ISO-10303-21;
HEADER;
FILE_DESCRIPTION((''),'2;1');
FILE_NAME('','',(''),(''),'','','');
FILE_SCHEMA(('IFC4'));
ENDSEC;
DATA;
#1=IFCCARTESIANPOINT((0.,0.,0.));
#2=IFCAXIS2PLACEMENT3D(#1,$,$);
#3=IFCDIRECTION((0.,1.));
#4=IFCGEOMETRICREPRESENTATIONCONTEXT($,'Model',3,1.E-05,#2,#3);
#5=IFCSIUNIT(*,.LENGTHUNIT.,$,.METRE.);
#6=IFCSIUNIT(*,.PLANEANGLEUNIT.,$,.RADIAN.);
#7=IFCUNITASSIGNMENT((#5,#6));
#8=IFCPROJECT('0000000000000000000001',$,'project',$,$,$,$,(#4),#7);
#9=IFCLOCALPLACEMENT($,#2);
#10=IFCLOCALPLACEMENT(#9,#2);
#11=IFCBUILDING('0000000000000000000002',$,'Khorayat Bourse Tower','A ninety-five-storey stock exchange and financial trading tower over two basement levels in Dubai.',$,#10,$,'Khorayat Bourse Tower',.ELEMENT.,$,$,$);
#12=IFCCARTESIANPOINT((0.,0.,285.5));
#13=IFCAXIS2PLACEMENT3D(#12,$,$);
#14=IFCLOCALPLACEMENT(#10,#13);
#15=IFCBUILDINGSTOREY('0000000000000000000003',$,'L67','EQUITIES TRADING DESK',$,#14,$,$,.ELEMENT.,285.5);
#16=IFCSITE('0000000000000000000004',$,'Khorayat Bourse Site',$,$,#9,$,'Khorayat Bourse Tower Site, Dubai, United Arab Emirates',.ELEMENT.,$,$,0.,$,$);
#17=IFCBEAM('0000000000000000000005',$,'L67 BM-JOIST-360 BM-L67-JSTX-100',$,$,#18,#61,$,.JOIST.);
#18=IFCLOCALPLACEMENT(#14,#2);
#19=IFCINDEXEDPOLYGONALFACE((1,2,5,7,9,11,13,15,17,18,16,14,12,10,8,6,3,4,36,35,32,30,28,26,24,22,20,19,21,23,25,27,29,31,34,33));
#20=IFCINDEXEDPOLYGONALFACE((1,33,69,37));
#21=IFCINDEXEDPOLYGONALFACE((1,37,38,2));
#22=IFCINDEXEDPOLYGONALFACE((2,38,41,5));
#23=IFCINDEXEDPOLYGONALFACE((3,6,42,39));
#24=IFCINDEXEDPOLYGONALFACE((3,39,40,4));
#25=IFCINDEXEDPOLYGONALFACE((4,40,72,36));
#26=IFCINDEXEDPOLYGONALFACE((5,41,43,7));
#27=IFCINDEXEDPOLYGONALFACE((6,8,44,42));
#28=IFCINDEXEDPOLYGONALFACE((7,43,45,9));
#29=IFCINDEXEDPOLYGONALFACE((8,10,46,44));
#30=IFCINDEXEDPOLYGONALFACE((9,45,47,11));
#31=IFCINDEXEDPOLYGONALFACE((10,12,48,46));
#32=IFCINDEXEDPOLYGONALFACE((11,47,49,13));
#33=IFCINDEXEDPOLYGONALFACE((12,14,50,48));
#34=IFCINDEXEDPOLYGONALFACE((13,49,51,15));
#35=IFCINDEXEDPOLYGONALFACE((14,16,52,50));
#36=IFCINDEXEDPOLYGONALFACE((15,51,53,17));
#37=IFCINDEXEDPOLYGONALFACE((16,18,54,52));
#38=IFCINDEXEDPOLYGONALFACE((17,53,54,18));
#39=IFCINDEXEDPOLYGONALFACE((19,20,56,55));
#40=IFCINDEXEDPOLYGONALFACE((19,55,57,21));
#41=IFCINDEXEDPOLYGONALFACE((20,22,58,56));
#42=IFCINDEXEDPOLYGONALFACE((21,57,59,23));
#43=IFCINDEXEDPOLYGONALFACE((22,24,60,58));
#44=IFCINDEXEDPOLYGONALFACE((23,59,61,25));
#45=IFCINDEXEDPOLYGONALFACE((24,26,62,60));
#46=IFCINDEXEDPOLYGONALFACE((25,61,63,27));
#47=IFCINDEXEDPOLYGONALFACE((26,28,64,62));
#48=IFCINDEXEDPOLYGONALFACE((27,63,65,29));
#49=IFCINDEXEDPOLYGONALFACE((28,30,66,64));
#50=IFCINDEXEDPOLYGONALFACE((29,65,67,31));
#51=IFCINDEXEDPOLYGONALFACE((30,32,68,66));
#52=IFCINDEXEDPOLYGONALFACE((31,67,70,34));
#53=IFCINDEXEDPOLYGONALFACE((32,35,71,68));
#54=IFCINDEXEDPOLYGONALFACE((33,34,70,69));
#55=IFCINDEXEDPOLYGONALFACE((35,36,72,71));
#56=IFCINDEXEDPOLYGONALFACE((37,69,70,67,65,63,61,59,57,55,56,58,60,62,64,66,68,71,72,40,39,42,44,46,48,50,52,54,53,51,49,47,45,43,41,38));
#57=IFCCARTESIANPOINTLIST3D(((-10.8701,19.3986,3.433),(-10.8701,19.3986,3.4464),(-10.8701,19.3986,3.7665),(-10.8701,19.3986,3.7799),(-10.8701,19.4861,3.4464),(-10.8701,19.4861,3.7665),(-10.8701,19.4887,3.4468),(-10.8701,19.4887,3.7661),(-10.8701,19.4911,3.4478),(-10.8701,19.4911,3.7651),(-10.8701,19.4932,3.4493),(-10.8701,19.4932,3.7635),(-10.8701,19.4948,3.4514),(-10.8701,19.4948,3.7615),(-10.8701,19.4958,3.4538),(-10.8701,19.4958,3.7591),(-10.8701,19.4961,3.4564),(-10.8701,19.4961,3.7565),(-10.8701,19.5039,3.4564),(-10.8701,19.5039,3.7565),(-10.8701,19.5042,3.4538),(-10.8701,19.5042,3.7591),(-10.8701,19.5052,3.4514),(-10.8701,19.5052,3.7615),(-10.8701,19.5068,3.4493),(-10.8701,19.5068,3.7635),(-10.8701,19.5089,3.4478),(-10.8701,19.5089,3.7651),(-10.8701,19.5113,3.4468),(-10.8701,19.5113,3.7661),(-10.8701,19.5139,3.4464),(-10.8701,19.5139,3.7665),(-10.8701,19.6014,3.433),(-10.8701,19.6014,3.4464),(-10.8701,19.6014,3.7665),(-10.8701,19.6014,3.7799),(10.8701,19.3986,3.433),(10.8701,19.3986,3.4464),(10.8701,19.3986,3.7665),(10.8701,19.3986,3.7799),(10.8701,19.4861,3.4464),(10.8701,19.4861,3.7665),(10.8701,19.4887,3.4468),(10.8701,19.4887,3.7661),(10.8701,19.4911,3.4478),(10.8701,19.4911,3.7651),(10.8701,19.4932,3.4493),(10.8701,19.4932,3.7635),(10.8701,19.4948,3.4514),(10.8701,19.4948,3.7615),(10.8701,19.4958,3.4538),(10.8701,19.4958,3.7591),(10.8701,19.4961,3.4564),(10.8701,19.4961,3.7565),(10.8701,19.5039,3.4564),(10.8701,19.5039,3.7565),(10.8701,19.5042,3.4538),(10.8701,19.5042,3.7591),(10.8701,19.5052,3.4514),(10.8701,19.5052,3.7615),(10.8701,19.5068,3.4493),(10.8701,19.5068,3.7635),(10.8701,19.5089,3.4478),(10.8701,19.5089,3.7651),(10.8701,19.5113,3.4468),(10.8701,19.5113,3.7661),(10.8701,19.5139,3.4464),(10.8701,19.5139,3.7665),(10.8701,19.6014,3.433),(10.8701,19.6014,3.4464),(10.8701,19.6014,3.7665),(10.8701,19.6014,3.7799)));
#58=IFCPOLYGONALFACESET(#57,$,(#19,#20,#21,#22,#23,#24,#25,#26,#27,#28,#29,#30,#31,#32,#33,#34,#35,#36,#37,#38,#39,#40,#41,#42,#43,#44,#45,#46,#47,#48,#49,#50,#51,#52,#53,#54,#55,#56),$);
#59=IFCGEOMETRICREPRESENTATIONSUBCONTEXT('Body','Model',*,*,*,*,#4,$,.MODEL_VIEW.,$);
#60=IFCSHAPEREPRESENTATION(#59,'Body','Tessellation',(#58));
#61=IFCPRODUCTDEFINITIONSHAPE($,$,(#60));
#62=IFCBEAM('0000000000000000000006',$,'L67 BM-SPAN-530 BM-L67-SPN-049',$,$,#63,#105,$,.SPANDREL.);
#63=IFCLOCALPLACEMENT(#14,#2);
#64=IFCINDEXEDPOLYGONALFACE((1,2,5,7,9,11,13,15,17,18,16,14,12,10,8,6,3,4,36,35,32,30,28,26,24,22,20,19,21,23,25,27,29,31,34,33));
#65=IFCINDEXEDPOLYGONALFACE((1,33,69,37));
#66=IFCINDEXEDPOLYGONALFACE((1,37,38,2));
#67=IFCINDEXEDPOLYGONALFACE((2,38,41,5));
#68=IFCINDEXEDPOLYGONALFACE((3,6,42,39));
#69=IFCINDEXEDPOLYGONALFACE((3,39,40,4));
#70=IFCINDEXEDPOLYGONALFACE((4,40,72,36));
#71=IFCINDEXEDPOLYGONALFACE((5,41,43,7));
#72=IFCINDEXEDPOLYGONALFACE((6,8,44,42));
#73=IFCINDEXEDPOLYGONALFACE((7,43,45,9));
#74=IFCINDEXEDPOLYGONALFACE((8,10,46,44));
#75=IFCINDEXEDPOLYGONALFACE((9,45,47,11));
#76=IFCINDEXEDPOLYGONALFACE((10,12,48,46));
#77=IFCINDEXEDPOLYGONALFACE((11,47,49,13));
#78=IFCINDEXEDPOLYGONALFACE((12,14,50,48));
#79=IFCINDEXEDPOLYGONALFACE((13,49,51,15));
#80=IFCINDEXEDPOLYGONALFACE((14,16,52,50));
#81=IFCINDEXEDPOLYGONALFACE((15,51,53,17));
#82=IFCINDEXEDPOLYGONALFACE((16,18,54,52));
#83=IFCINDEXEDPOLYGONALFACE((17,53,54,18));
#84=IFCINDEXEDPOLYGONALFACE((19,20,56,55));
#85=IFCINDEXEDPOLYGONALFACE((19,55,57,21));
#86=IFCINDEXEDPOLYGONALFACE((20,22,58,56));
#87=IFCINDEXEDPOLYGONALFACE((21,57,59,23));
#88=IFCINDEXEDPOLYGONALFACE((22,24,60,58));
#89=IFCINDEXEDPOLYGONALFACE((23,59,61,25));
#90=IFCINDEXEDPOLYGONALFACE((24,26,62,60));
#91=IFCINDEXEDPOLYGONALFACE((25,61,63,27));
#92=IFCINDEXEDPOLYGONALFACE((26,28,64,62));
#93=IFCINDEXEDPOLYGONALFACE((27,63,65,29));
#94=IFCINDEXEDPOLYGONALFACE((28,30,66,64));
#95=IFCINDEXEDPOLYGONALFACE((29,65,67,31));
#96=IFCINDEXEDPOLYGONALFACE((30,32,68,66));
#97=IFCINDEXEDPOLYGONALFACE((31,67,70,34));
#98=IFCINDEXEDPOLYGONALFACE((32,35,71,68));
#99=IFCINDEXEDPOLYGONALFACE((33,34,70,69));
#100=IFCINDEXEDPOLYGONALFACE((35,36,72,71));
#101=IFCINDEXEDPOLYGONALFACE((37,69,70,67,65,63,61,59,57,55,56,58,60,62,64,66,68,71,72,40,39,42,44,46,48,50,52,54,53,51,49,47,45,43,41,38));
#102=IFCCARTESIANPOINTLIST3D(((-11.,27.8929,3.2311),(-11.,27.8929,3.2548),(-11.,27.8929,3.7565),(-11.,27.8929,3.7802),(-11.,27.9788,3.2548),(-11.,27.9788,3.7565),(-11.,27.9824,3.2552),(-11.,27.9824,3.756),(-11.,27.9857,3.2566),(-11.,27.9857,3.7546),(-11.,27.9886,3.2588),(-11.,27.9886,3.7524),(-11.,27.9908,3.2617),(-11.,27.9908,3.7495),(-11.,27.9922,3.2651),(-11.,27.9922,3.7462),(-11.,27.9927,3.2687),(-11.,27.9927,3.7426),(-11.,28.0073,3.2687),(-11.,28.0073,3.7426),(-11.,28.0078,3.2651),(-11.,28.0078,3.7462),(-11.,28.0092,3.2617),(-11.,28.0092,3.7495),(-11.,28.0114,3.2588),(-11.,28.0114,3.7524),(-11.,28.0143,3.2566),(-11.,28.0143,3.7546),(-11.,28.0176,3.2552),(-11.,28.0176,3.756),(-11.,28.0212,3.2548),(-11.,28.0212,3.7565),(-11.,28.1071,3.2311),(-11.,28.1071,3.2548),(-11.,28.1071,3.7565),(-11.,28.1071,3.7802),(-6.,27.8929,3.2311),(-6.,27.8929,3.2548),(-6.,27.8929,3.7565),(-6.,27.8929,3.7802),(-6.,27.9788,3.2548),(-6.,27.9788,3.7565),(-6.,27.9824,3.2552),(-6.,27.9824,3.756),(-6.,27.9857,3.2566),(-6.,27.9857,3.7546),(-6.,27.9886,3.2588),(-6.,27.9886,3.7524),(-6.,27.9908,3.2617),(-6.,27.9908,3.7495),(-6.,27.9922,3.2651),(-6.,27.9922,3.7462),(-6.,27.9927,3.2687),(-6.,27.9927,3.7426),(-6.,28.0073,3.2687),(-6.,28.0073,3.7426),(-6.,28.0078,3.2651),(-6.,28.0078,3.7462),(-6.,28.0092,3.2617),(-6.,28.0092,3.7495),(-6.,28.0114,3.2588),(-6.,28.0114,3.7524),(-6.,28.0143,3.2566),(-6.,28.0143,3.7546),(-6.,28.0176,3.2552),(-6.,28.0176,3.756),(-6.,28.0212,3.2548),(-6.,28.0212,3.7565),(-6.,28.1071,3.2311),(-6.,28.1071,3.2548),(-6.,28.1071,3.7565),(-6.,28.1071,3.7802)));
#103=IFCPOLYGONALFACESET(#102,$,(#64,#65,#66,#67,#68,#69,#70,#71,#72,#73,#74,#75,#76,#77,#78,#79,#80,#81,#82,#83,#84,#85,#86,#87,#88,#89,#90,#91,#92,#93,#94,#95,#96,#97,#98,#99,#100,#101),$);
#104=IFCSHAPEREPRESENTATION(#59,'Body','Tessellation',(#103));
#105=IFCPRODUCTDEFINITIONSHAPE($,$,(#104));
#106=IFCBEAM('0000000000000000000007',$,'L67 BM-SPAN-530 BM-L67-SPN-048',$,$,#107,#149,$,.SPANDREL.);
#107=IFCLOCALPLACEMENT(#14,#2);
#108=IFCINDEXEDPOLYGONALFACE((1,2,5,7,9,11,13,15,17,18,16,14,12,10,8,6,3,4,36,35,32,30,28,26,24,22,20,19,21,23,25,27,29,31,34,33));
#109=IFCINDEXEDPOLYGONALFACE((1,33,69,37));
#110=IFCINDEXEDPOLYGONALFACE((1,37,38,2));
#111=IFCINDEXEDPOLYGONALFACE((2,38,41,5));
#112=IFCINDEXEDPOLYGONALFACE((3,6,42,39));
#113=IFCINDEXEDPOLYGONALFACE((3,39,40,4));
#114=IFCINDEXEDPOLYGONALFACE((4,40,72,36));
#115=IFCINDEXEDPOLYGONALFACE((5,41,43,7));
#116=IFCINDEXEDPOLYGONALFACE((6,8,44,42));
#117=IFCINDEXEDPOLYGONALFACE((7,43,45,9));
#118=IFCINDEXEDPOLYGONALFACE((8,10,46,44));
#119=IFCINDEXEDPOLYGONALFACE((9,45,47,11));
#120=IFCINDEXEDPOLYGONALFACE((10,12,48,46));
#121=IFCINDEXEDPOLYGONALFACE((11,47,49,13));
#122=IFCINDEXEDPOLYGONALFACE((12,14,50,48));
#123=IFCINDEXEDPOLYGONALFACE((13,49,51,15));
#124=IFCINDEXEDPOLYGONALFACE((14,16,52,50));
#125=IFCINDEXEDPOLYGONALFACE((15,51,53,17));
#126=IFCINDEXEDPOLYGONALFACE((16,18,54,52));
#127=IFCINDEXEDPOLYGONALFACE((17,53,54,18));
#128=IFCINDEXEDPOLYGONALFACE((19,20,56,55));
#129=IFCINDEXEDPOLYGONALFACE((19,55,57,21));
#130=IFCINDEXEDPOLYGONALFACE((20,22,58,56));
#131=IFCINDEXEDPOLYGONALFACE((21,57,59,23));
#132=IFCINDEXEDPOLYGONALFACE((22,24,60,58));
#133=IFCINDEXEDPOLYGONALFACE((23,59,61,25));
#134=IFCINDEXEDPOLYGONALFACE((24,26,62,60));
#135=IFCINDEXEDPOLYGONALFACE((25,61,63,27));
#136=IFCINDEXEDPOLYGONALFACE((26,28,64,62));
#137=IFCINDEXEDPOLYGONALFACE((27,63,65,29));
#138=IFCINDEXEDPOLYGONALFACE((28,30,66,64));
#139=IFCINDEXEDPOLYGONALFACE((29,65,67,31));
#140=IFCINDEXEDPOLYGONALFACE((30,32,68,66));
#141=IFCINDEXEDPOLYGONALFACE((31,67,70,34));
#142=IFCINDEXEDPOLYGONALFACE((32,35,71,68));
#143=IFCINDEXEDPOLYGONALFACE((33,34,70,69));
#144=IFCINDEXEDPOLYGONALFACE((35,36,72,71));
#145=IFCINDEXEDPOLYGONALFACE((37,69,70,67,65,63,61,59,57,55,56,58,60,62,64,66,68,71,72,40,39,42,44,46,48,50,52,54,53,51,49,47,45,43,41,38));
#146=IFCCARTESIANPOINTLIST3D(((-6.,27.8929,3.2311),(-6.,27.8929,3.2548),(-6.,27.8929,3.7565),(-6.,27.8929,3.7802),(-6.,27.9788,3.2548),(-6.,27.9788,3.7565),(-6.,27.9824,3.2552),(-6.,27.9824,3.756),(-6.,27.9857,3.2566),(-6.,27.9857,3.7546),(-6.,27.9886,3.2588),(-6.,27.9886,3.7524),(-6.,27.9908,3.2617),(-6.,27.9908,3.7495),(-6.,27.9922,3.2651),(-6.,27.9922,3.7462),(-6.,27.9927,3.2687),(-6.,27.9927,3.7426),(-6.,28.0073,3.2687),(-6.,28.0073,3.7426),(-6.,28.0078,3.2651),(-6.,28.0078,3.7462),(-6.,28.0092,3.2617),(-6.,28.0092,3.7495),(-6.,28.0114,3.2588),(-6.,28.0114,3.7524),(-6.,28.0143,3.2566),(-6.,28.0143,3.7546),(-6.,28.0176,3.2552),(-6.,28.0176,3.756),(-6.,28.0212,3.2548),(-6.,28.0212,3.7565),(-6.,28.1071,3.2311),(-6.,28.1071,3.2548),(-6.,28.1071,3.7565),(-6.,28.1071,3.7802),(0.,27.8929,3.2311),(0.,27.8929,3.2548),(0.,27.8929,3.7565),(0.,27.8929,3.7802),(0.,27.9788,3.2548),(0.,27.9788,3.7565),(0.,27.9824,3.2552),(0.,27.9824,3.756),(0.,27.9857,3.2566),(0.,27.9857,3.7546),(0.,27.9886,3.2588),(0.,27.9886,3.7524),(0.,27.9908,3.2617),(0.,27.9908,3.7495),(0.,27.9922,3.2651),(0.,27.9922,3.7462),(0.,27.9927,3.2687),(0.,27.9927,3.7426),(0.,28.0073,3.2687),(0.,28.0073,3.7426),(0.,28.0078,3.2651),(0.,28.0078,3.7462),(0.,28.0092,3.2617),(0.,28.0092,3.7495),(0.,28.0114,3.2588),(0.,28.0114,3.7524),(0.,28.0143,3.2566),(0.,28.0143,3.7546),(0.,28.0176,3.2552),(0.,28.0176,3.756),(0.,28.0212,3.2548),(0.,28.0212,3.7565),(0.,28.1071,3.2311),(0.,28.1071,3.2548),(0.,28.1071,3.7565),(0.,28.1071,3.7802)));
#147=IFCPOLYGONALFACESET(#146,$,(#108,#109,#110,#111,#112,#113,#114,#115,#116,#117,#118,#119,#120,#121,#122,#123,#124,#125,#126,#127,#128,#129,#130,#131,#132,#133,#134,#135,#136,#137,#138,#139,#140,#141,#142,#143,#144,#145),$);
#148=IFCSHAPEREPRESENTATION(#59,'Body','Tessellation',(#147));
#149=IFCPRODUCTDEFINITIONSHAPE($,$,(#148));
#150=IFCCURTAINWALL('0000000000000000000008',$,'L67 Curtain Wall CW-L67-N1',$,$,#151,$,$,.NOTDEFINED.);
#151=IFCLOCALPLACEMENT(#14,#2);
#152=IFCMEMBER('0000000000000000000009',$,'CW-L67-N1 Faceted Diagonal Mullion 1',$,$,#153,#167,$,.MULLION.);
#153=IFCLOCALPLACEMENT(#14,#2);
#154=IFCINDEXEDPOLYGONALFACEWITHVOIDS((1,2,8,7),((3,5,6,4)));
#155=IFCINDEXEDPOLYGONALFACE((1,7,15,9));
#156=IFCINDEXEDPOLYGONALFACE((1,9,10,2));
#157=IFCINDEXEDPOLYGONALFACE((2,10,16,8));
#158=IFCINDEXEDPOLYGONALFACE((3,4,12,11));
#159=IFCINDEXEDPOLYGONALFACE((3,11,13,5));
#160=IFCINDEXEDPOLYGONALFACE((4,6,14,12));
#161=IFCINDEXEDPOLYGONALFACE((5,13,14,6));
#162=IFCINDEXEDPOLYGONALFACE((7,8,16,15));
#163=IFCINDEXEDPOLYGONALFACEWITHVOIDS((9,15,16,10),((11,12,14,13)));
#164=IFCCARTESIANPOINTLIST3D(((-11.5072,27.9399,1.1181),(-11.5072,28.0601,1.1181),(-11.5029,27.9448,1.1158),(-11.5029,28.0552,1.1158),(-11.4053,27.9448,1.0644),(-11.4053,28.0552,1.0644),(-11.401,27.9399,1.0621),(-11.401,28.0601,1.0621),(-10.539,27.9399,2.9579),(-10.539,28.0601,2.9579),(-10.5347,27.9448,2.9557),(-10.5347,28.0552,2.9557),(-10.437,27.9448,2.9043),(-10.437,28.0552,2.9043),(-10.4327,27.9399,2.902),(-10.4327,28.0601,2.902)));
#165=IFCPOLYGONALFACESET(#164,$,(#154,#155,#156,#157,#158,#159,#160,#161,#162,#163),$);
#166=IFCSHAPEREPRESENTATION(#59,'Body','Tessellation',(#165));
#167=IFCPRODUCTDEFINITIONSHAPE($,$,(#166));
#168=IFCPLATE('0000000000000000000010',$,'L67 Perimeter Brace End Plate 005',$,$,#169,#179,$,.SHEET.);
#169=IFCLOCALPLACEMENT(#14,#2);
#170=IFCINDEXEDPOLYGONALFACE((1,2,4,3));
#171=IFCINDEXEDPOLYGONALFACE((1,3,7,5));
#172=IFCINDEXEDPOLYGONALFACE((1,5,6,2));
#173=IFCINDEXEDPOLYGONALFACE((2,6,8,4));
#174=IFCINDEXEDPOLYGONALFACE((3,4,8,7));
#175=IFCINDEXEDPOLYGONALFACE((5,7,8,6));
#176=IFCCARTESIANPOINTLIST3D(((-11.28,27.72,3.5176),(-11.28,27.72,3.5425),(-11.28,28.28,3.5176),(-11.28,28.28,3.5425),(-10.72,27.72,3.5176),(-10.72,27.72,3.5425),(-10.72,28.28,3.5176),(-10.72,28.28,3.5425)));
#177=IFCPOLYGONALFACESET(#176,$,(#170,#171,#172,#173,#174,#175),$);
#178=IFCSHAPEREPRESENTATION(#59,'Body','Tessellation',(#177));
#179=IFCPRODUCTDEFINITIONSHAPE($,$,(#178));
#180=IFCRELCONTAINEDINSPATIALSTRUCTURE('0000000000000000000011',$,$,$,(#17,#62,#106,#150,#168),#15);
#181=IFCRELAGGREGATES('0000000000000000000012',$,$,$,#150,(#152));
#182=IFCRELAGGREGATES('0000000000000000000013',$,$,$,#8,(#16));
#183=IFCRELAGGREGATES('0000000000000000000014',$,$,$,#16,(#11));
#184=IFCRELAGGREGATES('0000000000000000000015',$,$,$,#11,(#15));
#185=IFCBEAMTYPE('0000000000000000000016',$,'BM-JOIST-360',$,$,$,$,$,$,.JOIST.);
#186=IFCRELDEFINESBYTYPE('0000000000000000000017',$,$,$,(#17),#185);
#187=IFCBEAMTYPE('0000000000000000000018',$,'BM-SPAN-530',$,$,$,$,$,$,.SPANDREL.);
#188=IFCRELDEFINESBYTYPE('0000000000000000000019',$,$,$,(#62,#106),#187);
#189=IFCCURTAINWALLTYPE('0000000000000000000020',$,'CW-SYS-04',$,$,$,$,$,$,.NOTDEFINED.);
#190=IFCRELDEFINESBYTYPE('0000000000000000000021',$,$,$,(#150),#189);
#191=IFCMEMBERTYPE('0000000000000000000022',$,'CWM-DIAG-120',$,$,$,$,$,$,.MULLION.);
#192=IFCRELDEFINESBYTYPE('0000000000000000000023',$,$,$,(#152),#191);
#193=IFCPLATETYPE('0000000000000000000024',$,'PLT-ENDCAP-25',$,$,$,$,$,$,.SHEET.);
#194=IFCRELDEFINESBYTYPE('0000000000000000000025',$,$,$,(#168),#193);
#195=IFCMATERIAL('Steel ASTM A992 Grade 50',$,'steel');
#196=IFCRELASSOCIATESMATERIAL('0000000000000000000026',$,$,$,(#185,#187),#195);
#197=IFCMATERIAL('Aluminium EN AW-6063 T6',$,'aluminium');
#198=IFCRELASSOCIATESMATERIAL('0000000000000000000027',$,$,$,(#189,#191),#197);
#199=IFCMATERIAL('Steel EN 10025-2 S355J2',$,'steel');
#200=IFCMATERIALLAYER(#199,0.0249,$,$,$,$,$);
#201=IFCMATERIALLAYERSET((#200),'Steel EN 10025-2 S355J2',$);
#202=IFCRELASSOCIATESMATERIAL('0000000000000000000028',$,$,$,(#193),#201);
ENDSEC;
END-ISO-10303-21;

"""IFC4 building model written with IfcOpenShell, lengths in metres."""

from ifc_helpers import new_model, si_unit, direction, frame, origin, origin_2d, place, context, subcontext, project, spatial, rectangle, hollow_rectangle, i_section, extrude, source, transform, mapped, material, layer, layer_set, material_profile, profile_set, type_object, element, aggregate, save


model = new_model("IFC4")

# Units and contexts
model_context = context("Model", 3, precision=1e-05, world=origin(), true_north=direction((0.0, 1.0)))
body_context = subcontext(model_context, "Body", "Model", "MODEL_VIEW")
ifc_project = project(units=[si_unit("LENGTHUNIT", "METRE"), si_unit("PLANEANGLEUNIT", "RADIAN")], contexts=[model_context])

# Site, building, storey
site_placement = place(None, origin())
site = spatial("IfcSite", under=ifc_project, at=site_placement, Name="Khorayat Bourse Site", LongName="Khorayat Bourse Tower Site, Dubai, United Arab Emirates", CompositionType="ELEMENT", RefElevation=0.0)
building_placement = place(site_placement, origin())
building = spatial("IfcBuilding", under=site, at=building_placement, Name="Khorayat Bourse Tower", Description="A ninety-five-storey stock exchange and financial trading tower over two basement levels in Dubai.", LongName="Khorayat Bourse Tower", CompositionType="ELEMENT")
storey_placement = place(building_placement, frame((0.0, 0.0, 285.5)))
storey = spatial("IfcBuildingStorey", under=building, at=storey_placement, Name="L67", Description="EQUITIES TRADING DESK", CompositionType="ELEMENT", Elevation=285.5)

# Beams
ifc_material_1 = material(Name="Steel ASTM A992 Grade 50", Category="steel")
ifc_material_profile_1 = material_profile(ifc_material_1, i_section(OverallWidth=0.2029, OverallDepth=0.3469, WebThickness=0.0078, FlangeThickness=0.0134, FilletRadius=0.01, at=origin_2d()), Name="W360X64")
ifc_profile_set_1 = profile_set([ifc_material_profile_1], Name="Steel ASTM A992 Grade 50")
beam_type_1 = type_object("IfcBeamType", Name="BM-JOIST-360", PredefinedType="JOIST", material=ifc_profile_set_1)
shared_shape_1 = source(origin(), body_context, "Body", "SweptSolid", [
    extrude(i_section(OverallWidth=0.2029, OverallDepth=0.3469, WebThickness=0.0078, FlangeThickness=0.0134, FilletRadius=0.01, at=origin_2d()), origin(), (0.0, 0.0, 1.0), 21.7402),
])
beam_1_placement = place(storey_placement, frame((-10.8701, 19.5, 3.6064), z_axis=(1.0, 0.0, 0.0), x_axis=(0.0, 1.0, 0.0)))
element("IfcBeam", 1, at=beam_1_placement, inside=storey, type_object=beam_type_1, Name="L67 BM-JOIST-360 BM-L67-JSTX-100", PredefinedType="JOIST", context=body_context, shape_type="MappedRepresentation", body=[
    mapped(shared_shape_1, transform((0.0, 0.0, 0.0), scale=1.0)),
])
ifc_material_profile_2 = material_profile(ifc_material_1, i_section(OverallWidth=0.2141, OverallDepth=0.5491, WebThickness=0.0146, FlangeThickness=0.0237, FilletRadius=0.0139, at=origin_2d()), Name="W530X138")
ifc_profile_set_2 = profile_set([ifc_material_profile_2], Name="Steel ASTM A992 Grade 50")
beam_type_2 = type_object("IfcBeamType", Name="BM-SPAN-530", PredefinedType="SPANDREL", material=ifc_profile_set_2)
shared_shape_2 = source(origin(), body_context, "Body", "SweptSolid", [
    extrude(i_section(OverallWidth=0.2141, OverallDepth=0.5491, WebThickness=0.0146, FlangeThickness=0.0237, FilletRadius=0.0139, at=origin_2d()), origin(), (0.0, 0.0, 1.0), 5.0),
])
beam_2_placement = place(storey_placement, frame((-11.0, 28.0, 3.5056), z_axis=(1.0, 0.0, 0.0), x_axis=(0.0, 1.0, 0.0)))
element("IfcBeam", 2, at=beam_2_placement, inside=storey, type_object=beam_type_2, Name="L67 BM-SPAN-530 BM-L67-SPN-049", PredefinedType="SPANDREL", context=body_context, shape_type="MappedRepresentation", body=[
    mapped(shared_shape_2, transform((0.0, 0.0, 0.0), scale=1.0)),
])
shared_shape_3 = source(origin(), body_context, "Body", "SweptSolid", [
    extrude(i_section(OverallWidth=0.2141, OverallDepth=0.5491, WebThickness=0.0146, FlangeThickness=0.0237, FilletRadius=0.0139, at=origin_2d()), origin(), (0.0, 0.0, 1.0), 6.0),
])
beam_3_placement = place(storey_placement, frame((-6.0, 28.0, 3.5056), z_axis=(1.0, 0.0, 0.0), x_axis=(0.0, 1.0, 0.0)))
element("IfcBeam", 3, at=beam_3_placement, inside=storey, type_object=beam_type_2, Name="L67 BM-SPAN-530 BM-L67-SPN-048", PredefinedType="SPANDREL", context=body_context, shape_type="MappedRepresentation", body=[
    mapped(shared_shape_3, transform((0.0, 0.0, 0.0), scale=1.0)),
])

# Curtain wall, member
ifc_material_2 = material(Name="Aluminium EN AW-6063 T6", Category="aluminium")
curtain_wall_type = type_object("IfcCurtainWallType", Name="CW-SYS-04", PredefinedType="NOTDEFINED", material=ifc_material_2)
curtain_wall_placement = place(storey_placement, origin())
curtain_wall = element("IfcCurtainWall", 4, at=curtain_wall_placement, inside=storey, type_object=curtain_wall_type, Name="L67 Curtain Wall CW-L67-N1", PredefinedType="NOTDEFINED")
ifc_material_profile_3 = material_profile(ifc_material_2, hollow_rectangle(XDim=0.1201, YDim=0.1201, WallThickness=0.0049, at=origin_2d()), Name="ALU 120x120x5")
ifc_profile_set_3 = profile_set([ifc_material_profile_3], Name="Aluminium EN AW-6063 T6")
member_type_1 = type_object("IfcMemberType", Name="CWM-DIAG-120", PredefinedType="MULLION", material=ifc_profile_set_3)
shared_shape_4 = source(origin(), body_context, "Body", "SweptSolid", [
    extrude(hollow_rectangle(XDim=0.1201, YDim=0.1201, WallThickness=0.0049, at=origin_2d()), origin(), (0.0, 0.0, 1.0), 2.0791),
])
member_1_placement = place(storey_placement, frame((-11.4541, 28.0, 1.0901), z_axis=(0.465717, 0.0, 0.884934), x_axis=(0.0, 1.0, 0.0)))
member_1 = element("IfcMember", 5, at=member_1_placement, type_object=member_type_1, Name="CW-L67-N1 Faceted Diagonal Mullion 1", PredefinedType="MULLION", context=body_context, shape_type="MappedRepresentation", body=[
    mapped(shared_shape_4, transform((0.0, 0.0, 0.0), scale=1.0)),
])

# Plate
ifc_material_3 = material(Name="Steel EN 10025-2 S355J2", Category="steel")
ifc_layer_1 = layer(ifc_material_3, 0.0249)
ifc_layer_set_1 = layer_set([ifc_layer_1], Name="Steel EN 10025-2 S355J2")
plate_type_1 = type_object("IfcPlateType", Name="PLT-ENDCAP-25", PredefinedType="SHEET", material=ifc_layer_set_1)
shared_shape_5 = source(origin(), body_context, "Body", "SweptSolid", [
    extrude(rectangle(XDim=0.5601, YDim=0.5601, at=origin_2d()), origin(), (0.0, 0.0, 1.0), 0.0249),
])
for number, where, z_axis, x_axis, name in (
    (6, (-11.0, 28.0, 3.5176), (0.0, 0.0, 1.0), (1.0, 0.0, 0.0), "L67 Perimeter Brace End Plate 005"),
):
    element("IfcPlate", number, at=place(storey_placement, frame(where, z_axis=z_axis, x_axis=x_axis)), inside=storey, type_object=plate_type_1, Name=name, PredefinedType="SHEET", context=body_context, shape_type="MappedRepresentation", body=[
        mapped(shared_shape_5, transform((0.0, 0.0, 0.0), scale=1.0)),
    ])

aggregate(curtain_wall, [member_1])

save(model, "model.ifc")
